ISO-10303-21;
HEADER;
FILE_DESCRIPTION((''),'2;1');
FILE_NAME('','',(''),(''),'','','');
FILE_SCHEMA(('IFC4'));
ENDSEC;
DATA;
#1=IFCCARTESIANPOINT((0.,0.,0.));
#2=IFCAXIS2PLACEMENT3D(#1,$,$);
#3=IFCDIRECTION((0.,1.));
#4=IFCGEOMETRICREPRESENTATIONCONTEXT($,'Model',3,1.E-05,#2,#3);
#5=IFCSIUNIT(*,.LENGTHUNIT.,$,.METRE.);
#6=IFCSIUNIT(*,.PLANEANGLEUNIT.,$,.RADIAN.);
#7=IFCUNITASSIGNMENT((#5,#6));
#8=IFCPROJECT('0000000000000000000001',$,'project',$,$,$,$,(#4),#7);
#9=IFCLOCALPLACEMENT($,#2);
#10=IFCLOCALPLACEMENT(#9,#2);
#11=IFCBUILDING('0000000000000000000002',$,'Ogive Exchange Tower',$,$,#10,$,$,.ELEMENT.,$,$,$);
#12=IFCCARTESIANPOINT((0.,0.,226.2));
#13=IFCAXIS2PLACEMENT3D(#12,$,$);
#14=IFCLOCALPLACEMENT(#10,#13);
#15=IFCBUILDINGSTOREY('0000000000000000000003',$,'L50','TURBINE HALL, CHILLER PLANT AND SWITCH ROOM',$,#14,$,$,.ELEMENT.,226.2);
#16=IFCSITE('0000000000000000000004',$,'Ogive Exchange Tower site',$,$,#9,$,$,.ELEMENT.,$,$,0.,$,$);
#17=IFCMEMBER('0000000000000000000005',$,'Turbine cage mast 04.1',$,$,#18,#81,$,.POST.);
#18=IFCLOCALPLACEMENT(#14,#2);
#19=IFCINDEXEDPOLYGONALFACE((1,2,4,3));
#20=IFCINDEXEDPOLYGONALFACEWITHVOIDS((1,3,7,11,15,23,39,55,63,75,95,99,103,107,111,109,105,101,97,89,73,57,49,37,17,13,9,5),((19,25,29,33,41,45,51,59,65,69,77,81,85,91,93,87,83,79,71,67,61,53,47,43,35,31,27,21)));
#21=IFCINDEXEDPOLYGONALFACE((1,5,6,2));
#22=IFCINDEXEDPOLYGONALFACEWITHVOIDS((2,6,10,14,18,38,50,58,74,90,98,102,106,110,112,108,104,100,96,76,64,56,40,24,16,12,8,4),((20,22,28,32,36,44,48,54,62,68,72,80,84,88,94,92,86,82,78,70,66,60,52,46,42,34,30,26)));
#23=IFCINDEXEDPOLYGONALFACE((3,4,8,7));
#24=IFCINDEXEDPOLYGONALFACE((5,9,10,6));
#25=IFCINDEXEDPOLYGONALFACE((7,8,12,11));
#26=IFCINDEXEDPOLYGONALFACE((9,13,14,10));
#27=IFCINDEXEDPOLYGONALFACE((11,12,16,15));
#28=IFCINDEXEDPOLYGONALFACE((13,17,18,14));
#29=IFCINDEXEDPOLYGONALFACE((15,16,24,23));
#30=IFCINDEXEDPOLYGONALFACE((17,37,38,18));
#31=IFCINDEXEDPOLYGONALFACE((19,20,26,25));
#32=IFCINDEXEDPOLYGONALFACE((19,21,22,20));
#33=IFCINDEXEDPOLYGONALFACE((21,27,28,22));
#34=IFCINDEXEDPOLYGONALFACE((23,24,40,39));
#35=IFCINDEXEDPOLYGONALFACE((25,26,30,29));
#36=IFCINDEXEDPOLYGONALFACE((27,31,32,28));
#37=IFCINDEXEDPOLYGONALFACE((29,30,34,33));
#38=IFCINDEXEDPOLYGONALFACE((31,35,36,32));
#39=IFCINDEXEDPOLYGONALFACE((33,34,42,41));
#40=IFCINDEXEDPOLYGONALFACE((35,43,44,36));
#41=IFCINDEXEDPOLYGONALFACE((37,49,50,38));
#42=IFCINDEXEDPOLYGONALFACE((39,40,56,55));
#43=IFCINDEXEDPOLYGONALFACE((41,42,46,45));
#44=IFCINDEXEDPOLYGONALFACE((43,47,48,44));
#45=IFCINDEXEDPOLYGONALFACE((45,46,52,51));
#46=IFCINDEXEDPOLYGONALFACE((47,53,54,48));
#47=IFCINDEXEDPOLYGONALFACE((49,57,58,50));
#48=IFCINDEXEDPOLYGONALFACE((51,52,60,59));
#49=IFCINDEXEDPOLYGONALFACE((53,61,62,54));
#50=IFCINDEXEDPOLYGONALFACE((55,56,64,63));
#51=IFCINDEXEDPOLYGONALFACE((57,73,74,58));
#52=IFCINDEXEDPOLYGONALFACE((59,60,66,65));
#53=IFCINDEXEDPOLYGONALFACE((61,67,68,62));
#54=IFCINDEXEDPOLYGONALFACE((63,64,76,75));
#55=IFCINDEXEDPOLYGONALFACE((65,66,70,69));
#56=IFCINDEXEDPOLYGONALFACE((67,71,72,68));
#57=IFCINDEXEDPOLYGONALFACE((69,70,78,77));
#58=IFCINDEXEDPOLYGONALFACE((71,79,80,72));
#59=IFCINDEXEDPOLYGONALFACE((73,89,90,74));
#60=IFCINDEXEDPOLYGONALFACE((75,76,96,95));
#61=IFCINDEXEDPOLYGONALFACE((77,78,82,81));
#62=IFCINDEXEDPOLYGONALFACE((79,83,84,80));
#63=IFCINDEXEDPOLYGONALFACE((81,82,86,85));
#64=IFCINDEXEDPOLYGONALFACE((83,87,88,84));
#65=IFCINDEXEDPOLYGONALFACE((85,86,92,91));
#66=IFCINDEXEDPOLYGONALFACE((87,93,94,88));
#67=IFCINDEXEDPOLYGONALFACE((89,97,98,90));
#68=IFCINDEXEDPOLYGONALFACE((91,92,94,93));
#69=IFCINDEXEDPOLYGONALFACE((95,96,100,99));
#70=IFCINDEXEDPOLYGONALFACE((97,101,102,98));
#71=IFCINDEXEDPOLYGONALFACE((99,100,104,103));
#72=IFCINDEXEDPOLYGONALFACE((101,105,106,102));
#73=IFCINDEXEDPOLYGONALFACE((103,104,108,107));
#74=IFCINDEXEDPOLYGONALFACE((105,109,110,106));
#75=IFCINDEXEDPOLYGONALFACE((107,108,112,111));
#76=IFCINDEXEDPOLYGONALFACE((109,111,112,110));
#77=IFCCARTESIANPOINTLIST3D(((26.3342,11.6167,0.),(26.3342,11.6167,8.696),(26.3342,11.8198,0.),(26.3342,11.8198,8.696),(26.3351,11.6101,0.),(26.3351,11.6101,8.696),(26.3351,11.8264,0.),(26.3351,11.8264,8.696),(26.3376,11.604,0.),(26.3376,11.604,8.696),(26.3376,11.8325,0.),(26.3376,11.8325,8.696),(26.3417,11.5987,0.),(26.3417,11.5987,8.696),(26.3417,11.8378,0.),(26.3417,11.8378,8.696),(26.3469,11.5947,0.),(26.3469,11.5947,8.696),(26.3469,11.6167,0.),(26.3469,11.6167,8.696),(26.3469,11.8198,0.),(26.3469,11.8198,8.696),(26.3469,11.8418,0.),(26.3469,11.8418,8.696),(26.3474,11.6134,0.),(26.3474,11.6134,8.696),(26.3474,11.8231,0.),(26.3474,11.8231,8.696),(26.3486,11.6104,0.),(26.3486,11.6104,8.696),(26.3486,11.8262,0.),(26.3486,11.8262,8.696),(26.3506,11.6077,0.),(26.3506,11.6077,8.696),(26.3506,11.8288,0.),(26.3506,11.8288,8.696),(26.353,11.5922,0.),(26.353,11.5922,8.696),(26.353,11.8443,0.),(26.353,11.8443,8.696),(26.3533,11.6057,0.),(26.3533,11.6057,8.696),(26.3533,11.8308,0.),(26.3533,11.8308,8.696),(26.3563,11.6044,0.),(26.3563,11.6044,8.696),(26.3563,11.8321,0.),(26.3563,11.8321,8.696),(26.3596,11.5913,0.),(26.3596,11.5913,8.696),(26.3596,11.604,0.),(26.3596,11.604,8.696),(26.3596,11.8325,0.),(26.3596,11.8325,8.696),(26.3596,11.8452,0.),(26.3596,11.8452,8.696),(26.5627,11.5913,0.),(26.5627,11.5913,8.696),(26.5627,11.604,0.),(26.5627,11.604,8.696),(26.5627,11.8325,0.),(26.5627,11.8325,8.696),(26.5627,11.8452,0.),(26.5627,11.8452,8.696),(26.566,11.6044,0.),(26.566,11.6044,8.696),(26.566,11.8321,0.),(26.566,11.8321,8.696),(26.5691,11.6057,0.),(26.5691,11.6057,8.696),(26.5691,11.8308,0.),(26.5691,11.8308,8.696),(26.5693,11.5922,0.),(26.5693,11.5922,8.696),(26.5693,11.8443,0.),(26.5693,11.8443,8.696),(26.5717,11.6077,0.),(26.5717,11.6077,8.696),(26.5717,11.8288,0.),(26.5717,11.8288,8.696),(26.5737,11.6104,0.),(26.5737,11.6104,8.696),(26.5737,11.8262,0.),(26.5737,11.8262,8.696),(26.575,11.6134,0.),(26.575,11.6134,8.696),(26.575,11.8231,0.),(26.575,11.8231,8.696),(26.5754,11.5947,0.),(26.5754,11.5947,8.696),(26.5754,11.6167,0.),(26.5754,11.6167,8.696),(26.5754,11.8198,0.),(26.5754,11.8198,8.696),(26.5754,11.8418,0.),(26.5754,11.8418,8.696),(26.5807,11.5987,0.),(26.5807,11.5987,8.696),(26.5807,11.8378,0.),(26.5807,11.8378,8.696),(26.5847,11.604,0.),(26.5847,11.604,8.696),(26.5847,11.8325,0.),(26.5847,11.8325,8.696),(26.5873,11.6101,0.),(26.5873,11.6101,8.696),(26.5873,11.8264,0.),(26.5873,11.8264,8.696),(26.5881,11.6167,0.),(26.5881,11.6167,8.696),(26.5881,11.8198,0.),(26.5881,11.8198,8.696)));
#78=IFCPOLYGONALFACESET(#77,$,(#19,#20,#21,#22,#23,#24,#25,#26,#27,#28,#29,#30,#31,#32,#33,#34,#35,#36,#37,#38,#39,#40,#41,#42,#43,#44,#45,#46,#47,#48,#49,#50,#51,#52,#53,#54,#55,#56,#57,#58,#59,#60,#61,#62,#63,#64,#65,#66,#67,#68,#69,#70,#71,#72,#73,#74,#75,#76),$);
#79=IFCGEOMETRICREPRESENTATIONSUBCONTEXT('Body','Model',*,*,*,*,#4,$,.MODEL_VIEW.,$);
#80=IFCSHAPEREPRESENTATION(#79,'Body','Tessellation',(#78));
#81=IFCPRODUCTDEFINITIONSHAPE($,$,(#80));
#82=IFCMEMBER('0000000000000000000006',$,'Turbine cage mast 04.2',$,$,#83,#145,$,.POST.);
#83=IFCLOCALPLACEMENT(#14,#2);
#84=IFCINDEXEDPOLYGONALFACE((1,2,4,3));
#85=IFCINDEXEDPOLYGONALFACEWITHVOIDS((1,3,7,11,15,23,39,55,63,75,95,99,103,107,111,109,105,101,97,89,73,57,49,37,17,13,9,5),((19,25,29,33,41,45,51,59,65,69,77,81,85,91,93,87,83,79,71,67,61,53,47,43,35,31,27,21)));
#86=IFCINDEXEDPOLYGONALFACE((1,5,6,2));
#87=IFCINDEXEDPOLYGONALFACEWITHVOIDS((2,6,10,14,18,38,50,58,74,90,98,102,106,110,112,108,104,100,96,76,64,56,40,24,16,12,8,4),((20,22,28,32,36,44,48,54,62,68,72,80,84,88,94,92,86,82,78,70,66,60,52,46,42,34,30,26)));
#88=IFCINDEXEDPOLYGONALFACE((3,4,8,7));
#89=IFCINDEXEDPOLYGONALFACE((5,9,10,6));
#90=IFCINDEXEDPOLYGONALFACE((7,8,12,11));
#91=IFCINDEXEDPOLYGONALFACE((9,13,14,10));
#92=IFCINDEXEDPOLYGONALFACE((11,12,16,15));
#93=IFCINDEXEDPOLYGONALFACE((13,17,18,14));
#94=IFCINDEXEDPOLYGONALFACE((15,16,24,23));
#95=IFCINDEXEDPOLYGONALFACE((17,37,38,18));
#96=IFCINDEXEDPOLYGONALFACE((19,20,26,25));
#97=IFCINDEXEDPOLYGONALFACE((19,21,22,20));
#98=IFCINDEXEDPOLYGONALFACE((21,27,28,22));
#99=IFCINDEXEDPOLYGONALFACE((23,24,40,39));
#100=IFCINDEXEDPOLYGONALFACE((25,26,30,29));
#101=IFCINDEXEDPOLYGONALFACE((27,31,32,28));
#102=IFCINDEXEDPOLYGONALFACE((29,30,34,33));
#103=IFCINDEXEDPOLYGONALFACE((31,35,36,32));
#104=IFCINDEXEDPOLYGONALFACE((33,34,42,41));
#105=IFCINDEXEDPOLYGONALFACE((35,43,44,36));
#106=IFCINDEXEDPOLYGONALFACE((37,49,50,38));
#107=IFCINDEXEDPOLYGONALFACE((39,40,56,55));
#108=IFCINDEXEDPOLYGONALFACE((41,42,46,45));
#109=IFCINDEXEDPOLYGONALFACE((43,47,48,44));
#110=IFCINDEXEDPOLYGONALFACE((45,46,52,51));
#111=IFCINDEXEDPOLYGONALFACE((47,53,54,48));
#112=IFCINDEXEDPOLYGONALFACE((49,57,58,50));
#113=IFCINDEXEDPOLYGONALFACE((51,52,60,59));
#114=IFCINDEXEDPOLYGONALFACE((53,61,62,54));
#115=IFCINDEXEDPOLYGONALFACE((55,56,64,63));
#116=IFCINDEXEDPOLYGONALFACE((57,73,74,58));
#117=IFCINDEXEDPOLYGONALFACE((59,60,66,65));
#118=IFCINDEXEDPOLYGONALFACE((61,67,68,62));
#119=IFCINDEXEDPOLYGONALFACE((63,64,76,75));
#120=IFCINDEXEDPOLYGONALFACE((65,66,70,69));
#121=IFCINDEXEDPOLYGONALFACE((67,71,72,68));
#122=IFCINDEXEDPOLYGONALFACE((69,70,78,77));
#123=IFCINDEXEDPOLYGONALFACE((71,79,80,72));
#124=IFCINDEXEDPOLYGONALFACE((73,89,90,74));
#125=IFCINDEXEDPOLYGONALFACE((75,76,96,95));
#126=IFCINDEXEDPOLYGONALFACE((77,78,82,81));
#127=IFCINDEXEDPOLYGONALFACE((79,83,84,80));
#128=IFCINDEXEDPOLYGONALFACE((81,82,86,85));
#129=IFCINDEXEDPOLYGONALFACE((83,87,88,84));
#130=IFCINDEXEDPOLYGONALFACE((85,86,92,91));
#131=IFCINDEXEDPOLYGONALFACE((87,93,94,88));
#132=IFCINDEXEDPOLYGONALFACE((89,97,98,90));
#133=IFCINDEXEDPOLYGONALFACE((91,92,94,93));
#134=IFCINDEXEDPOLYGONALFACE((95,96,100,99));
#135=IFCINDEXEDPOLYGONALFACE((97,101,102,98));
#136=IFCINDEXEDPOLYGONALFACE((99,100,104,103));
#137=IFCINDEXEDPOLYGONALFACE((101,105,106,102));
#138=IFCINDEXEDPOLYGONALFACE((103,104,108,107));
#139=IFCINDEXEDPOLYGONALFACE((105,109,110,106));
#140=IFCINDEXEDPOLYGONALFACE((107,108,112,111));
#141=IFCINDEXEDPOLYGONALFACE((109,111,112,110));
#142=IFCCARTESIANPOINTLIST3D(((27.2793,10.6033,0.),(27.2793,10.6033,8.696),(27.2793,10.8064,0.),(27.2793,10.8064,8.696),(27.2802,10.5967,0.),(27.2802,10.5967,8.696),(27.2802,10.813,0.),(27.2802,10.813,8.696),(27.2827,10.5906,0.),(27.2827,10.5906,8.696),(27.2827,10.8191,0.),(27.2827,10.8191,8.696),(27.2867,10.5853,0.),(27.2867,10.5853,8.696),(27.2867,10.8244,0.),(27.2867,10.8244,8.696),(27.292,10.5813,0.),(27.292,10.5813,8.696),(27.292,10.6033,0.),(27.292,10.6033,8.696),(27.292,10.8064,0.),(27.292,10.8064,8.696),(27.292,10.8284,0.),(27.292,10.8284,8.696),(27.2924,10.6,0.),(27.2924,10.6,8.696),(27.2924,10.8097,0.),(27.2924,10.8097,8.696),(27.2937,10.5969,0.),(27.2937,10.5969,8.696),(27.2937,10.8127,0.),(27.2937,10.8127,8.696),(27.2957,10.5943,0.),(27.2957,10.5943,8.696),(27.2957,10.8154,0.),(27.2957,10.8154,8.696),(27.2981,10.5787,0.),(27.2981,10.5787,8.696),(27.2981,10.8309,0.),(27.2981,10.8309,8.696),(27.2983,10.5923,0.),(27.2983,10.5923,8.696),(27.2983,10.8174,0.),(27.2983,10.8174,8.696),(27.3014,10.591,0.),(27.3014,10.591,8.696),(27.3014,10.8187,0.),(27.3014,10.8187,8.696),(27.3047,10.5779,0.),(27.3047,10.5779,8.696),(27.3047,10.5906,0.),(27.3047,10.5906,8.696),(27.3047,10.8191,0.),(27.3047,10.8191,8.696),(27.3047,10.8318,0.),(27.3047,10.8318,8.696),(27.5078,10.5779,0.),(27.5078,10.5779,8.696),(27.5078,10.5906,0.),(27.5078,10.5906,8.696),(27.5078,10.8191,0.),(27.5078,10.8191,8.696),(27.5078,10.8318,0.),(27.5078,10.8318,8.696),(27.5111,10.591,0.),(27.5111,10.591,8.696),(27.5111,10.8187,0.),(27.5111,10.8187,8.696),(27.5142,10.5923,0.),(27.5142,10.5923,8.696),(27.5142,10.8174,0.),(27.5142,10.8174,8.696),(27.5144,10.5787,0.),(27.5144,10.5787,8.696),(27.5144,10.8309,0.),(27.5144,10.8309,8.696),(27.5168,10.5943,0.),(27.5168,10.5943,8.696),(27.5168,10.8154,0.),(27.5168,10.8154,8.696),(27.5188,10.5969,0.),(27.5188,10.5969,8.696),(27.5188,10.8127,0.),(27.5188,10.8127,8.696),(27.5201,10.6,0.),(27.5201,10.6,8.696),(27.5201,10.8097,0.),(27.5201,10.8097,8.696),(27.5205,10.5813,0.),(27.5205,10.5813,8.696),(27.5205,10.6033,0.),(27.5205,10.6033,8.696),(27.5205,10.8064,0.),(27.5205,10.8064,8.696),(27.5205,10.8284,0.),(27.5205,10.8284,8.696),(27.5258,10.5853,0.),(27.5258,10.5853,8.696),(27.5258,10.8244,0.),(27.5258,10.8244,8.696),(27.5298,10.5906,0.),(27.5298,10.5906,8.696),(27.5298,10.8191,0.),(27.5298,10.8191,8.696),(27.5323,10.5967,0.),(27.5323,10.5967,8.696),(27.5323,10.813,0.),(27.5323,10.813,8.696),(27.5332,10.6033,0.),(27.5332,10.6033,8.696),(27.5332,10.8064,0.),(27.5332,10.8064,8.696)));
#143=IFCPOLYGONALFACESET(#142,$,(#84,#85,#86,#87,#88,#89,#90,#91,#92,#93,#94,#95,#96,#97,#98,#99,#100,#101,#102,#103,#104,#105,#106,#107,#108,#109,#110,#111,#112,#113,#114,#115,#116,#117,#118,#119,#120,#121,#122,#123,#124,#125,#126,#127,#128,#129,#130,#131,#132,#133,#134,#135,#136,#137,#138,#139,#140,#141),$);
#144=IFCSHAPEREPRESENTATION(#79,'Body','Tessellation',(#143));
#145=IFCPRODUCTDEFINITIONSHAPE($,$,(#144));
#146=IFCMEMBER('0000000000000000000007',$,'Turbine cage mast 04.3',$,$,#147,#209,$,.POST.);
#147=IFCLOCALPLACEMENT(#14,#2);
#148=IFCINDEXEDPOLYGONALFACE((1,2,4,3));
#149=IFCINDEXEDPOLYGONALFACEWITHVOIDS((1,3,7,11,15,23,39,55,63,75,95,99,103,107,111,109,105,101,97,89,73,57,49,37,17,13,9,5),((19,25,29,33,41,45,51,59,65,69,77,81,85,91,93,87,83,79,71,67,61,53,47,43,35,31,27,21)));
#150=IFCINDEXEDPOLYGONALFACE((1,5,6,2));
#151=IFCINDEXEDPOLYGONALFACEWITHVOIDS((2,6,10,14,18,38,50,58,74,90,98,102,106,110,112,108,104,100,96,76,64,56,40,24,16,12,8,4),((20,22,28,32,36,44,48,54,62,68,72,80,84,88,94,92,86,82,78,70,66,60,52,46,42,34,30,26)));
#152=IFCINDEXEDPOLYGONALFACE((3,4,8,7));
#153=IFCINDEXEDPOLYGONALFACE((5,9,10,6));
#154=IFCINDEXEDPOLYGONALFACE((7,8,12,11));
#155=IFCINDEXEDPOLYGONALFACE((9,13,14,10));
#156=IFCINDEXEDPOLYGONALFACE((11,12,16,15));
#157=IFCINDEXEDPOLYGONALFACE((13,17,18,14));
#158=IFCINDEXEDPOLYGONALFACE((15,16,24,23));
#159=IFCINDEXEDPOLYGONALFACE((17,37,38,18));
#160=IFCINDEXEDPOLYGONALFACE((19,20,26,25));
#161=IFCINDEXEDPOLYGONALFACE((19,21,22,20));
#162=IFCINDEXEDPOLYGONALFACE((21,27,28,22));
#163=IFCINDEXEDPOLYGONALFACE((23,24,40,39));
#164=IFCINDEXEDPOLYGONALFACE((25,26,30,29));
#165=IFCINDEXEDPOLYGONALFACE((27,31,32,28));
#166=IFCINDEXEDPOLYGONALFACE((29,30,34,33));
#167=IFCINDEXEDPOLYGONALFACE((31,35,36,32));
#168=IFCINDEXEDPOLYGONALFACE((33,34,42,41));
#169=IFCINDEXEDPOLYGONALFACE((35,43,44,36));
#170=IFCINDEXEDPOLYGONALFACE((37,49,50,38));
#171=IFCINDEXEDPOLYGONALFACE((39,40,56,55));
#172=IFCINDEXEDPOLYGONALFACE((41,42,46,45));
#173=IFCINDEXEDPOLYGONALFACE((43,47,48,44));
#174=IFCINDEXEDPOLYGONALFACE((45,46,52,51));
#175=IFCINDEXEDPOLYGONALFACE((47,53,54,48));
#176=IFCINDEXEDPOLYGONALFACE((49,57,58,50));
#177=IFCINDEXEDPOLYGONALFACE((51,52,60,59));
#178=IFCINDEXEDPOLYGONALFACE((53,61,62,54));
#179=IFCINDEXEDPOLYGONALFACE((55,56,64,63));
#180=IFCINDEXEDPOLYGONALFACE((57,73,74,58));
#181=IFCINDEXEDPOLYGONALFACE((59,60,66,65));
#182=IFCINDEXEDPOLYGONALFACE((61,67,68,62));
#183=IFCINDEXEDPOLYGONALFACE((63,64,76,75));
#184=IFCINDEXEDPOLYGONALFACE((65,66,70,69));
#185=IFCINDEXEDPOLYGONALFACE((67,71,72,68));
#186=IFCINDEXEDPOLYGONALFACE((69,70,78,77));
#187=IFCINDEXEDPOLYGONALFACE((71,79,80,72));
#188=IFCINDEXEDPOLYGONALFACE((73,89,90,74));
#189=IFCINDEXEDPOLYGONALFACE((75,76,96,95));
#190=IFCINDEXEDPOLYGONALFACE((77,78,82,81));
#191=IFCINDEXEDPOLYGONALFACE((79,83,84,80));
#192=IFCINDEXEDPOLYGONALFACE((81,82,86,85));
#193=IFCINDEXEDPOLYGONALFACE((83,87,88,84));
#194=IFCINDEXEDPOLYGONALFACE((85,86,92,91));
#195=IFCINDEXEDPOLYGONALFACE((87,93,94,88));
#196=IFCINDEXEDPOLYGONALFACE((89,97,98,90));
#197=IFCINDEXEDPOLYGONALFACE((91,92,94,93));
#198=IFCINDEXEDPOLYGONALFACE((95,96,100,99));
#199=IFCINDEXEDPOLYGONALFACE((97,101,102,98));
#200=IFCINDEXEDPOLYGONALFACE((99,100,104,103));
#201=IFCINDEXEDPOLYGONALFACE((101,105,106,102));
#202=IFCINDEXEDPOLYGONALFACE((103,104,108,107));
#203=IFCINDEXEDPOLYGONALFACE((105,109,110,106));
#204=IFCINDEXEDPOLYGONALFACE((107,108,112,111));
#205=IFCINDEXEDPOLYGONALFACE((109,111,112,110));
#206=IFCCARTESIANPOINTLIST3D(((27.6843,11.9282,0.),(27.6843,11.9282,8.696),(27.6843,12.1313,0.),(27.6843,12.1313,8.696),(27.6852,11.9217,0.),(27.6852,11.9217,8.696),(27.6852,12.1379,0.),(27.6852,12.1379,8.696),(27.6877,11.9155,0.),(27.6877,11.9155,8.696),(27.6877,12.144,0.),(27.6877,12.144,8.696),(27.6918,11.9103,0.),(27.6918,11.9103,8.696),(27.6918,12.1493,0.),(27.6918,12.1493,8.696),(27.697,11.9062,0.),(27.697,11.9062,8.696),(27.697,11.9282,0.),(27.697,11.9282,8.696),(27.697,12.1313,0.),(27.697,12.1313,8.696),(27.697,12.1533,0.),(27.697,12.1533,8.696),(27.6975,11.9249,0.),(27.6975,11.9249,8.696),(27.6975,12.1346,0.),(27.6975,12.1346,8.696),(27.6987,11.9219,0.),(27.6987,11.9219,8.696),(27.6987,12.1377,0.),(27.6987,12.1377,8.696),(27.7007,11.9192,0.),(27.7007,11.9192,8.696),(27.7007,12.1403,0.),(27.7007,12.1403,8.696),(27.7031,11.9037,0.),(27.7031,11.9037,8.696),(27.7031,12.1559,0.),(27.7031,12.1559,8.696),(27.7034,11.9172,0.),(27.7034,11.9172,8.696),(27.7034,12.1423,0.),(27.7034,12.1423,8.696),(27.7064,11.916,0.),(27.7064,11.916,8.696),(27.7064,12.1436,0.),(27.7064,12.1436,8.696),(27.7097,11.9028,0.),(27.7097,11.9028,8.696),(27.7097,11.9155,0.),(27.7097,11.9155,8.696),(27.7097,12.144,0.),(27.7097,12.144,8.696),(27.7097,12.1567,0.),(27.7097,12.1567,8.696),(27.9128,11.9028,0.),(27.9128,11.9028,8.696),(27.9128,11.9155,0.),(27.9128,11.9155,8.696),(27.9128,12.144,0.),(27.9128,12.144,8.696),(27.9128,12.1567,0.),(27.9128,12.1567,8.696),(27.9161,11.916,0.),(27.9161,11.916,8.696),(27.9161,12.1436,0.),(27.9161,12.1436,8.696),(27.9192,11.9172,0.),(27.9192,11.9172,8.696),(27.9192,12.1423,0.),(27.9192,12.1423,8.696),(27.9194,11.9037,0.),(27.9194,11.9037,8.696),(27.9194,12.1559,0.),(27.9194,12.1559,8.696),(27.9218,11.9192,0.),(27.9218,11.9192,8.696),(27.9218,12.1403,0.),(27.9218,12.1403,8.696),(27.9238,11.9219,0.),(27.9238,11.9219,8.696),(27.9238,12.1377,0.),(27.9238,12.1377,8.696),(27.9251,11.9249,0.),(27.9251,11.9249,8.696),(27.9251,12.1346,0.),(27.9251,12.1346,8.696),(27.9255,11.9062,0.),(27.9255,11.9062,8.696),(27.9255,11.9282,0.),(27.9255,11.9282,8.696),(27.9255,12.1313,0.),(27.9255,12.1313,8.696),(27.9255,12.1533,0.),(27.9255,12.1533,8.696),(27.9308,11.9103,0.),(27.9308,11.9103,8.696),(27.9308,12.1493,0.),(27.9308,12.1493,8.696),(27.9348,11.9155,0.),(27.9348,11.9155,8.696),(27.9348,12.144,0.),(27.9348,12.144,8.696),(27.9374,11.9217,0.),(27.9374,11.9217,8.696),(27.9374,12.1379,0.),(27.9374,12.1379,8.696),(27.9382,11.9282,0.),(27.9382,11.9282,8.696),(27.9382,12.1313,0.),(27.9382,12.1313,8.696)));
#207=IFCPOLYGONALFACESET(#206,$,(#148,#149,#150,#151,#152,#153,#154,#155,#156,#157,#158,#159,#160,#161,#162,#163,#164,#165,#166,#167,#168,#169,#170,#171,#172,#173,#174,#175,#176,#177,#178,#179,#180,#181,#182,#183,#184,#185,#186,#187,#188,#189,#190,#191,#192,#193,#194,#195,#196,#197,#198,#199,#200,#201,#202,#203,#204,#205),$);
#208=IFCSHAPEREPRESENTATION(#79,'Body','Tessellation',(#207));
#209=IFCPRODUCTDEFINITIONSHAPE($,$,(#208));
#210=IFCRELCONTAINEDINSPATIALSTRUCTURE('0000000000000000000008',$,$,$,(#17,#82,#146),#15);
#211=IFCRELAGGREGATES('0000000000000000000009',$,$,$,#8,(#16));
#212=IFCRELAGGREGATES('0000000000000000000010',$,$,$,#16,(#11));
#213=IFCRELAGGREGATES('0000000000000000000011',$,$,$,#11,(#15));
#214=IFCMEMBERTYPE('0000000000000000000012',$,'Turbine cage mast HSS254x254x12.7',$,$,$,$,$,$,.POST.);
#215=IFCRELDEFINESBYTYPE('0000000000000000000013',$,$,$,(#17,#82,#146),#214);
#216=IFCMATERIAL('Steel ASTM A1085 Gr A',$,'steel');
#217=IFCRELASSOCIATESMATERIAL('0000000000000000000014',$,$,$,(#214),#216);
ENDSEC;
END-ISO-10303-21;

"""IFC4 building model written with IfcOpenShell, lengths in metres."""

from ifc_helpers import new_model, si_unit, direction, frame, origin, origin_2d, place, context, subcontext, project, spatial, hollow_rectangle, extrude, material, material_profile, profile_set, type_object, element, save


model = new_model("IFC4")

# Units and contexts
model_context = context("Model", 3, precision=1e-05, world=origin(), true_north=direction((0.0, 1.0)))
body_context = subcontext(model_context, "Body", "Model", "MODEL_VIEW")
ifc_project = project(units=[si_unit("LENGTHUNIT", "METRE"), si_unit("PLANEANGLEUNIT", "RADIAN")], contexts=[model_context])

# Site, building, storey
site_placement = place(None, origin())
site = spatial("IfcSite", under=ifc_project, at=site_placement, Name="Ogive Exchange Tower site", CompositionType="ELEMENT", RefElevation=0.0)
building_placement = place(site_placement, origin())
building = spatial("IfcBuilding", under=site, at=building_placement, Name="Ogive Exchange Tower", CompositionType="ELEMENT")
storey_placement = place(building_placement, frame((0.0, 0.0, 226.2)))
storey = spatial("IfcBuildingStorey", under=building, at=storey_placement, Name="L50", Description="TURBINE HALL, CHILLER PLANT AND SWITCH ROOM", CompositionType="ELEMENT", Elevation=226.2)

# Shared definitions
ifc_material_1 = material(Name="Steel ASTM A1085 Gr A", Category="steel")

# Members
ifc_material_profile_1 = material_profile(ifc_material_1, hollow_rectangle(XDim=0.2539, YDim=0.2539, WallThickness=0.0127, InnerFilletRadius=0.0127, OuterFilletRadius=0.0254, at=origin_2d()), Name="HSS254x254x12.7")
ifc_profile_set_1 = profile_set([ifc_material_profile_1], Name="Steel ASTM A1085 Gr A")
member_type_1 = type_object("IfcMemberType", Name="Turbine cage mast HSS254x254x12.7", PredefinedType="POST", material=ifc_profile_set_1)
for number, where, z_axis, x_axis, name in (
    (1, (26.4612, 11.7183, 0.0), (0.0, 0.0, 1.0), (1.0, 0.0, 0.0), "Turbine cage mast 04.1"),
    (2, (27.4062, 10.7048, 0.0), (0.0, 0.0, 1.0), (1.0, 0.0, 0.0), "Turbine cage mast 04.2"),
    (3, (27.8113, 12.0298, 0.0), (0.0, 0.0, 1.0), (1.0, 0.0, 0.0), "Turbine cage mast 04.3"),
):
    element("IfcMember", number, at=place(storey_placement, frame(where, z_axis=z_axis, x_axis=x_axis)), inside=storey, type_object=member_type_1, Name=name, PredefinedType="POST", context=body_context, shape_type="SweptSolid", body=[
        extrude(hollow_rectangle(XDim=0.2539, YDim=0.2539, WallThickness=0.0127, InnerFilletRadius=0.0127, OuterFilletRadius=0.0254, at=origin_2d()), origin(), (0.0, 0.0, 1.0), 8.696),
    ])

save(model, "model.ifc")
